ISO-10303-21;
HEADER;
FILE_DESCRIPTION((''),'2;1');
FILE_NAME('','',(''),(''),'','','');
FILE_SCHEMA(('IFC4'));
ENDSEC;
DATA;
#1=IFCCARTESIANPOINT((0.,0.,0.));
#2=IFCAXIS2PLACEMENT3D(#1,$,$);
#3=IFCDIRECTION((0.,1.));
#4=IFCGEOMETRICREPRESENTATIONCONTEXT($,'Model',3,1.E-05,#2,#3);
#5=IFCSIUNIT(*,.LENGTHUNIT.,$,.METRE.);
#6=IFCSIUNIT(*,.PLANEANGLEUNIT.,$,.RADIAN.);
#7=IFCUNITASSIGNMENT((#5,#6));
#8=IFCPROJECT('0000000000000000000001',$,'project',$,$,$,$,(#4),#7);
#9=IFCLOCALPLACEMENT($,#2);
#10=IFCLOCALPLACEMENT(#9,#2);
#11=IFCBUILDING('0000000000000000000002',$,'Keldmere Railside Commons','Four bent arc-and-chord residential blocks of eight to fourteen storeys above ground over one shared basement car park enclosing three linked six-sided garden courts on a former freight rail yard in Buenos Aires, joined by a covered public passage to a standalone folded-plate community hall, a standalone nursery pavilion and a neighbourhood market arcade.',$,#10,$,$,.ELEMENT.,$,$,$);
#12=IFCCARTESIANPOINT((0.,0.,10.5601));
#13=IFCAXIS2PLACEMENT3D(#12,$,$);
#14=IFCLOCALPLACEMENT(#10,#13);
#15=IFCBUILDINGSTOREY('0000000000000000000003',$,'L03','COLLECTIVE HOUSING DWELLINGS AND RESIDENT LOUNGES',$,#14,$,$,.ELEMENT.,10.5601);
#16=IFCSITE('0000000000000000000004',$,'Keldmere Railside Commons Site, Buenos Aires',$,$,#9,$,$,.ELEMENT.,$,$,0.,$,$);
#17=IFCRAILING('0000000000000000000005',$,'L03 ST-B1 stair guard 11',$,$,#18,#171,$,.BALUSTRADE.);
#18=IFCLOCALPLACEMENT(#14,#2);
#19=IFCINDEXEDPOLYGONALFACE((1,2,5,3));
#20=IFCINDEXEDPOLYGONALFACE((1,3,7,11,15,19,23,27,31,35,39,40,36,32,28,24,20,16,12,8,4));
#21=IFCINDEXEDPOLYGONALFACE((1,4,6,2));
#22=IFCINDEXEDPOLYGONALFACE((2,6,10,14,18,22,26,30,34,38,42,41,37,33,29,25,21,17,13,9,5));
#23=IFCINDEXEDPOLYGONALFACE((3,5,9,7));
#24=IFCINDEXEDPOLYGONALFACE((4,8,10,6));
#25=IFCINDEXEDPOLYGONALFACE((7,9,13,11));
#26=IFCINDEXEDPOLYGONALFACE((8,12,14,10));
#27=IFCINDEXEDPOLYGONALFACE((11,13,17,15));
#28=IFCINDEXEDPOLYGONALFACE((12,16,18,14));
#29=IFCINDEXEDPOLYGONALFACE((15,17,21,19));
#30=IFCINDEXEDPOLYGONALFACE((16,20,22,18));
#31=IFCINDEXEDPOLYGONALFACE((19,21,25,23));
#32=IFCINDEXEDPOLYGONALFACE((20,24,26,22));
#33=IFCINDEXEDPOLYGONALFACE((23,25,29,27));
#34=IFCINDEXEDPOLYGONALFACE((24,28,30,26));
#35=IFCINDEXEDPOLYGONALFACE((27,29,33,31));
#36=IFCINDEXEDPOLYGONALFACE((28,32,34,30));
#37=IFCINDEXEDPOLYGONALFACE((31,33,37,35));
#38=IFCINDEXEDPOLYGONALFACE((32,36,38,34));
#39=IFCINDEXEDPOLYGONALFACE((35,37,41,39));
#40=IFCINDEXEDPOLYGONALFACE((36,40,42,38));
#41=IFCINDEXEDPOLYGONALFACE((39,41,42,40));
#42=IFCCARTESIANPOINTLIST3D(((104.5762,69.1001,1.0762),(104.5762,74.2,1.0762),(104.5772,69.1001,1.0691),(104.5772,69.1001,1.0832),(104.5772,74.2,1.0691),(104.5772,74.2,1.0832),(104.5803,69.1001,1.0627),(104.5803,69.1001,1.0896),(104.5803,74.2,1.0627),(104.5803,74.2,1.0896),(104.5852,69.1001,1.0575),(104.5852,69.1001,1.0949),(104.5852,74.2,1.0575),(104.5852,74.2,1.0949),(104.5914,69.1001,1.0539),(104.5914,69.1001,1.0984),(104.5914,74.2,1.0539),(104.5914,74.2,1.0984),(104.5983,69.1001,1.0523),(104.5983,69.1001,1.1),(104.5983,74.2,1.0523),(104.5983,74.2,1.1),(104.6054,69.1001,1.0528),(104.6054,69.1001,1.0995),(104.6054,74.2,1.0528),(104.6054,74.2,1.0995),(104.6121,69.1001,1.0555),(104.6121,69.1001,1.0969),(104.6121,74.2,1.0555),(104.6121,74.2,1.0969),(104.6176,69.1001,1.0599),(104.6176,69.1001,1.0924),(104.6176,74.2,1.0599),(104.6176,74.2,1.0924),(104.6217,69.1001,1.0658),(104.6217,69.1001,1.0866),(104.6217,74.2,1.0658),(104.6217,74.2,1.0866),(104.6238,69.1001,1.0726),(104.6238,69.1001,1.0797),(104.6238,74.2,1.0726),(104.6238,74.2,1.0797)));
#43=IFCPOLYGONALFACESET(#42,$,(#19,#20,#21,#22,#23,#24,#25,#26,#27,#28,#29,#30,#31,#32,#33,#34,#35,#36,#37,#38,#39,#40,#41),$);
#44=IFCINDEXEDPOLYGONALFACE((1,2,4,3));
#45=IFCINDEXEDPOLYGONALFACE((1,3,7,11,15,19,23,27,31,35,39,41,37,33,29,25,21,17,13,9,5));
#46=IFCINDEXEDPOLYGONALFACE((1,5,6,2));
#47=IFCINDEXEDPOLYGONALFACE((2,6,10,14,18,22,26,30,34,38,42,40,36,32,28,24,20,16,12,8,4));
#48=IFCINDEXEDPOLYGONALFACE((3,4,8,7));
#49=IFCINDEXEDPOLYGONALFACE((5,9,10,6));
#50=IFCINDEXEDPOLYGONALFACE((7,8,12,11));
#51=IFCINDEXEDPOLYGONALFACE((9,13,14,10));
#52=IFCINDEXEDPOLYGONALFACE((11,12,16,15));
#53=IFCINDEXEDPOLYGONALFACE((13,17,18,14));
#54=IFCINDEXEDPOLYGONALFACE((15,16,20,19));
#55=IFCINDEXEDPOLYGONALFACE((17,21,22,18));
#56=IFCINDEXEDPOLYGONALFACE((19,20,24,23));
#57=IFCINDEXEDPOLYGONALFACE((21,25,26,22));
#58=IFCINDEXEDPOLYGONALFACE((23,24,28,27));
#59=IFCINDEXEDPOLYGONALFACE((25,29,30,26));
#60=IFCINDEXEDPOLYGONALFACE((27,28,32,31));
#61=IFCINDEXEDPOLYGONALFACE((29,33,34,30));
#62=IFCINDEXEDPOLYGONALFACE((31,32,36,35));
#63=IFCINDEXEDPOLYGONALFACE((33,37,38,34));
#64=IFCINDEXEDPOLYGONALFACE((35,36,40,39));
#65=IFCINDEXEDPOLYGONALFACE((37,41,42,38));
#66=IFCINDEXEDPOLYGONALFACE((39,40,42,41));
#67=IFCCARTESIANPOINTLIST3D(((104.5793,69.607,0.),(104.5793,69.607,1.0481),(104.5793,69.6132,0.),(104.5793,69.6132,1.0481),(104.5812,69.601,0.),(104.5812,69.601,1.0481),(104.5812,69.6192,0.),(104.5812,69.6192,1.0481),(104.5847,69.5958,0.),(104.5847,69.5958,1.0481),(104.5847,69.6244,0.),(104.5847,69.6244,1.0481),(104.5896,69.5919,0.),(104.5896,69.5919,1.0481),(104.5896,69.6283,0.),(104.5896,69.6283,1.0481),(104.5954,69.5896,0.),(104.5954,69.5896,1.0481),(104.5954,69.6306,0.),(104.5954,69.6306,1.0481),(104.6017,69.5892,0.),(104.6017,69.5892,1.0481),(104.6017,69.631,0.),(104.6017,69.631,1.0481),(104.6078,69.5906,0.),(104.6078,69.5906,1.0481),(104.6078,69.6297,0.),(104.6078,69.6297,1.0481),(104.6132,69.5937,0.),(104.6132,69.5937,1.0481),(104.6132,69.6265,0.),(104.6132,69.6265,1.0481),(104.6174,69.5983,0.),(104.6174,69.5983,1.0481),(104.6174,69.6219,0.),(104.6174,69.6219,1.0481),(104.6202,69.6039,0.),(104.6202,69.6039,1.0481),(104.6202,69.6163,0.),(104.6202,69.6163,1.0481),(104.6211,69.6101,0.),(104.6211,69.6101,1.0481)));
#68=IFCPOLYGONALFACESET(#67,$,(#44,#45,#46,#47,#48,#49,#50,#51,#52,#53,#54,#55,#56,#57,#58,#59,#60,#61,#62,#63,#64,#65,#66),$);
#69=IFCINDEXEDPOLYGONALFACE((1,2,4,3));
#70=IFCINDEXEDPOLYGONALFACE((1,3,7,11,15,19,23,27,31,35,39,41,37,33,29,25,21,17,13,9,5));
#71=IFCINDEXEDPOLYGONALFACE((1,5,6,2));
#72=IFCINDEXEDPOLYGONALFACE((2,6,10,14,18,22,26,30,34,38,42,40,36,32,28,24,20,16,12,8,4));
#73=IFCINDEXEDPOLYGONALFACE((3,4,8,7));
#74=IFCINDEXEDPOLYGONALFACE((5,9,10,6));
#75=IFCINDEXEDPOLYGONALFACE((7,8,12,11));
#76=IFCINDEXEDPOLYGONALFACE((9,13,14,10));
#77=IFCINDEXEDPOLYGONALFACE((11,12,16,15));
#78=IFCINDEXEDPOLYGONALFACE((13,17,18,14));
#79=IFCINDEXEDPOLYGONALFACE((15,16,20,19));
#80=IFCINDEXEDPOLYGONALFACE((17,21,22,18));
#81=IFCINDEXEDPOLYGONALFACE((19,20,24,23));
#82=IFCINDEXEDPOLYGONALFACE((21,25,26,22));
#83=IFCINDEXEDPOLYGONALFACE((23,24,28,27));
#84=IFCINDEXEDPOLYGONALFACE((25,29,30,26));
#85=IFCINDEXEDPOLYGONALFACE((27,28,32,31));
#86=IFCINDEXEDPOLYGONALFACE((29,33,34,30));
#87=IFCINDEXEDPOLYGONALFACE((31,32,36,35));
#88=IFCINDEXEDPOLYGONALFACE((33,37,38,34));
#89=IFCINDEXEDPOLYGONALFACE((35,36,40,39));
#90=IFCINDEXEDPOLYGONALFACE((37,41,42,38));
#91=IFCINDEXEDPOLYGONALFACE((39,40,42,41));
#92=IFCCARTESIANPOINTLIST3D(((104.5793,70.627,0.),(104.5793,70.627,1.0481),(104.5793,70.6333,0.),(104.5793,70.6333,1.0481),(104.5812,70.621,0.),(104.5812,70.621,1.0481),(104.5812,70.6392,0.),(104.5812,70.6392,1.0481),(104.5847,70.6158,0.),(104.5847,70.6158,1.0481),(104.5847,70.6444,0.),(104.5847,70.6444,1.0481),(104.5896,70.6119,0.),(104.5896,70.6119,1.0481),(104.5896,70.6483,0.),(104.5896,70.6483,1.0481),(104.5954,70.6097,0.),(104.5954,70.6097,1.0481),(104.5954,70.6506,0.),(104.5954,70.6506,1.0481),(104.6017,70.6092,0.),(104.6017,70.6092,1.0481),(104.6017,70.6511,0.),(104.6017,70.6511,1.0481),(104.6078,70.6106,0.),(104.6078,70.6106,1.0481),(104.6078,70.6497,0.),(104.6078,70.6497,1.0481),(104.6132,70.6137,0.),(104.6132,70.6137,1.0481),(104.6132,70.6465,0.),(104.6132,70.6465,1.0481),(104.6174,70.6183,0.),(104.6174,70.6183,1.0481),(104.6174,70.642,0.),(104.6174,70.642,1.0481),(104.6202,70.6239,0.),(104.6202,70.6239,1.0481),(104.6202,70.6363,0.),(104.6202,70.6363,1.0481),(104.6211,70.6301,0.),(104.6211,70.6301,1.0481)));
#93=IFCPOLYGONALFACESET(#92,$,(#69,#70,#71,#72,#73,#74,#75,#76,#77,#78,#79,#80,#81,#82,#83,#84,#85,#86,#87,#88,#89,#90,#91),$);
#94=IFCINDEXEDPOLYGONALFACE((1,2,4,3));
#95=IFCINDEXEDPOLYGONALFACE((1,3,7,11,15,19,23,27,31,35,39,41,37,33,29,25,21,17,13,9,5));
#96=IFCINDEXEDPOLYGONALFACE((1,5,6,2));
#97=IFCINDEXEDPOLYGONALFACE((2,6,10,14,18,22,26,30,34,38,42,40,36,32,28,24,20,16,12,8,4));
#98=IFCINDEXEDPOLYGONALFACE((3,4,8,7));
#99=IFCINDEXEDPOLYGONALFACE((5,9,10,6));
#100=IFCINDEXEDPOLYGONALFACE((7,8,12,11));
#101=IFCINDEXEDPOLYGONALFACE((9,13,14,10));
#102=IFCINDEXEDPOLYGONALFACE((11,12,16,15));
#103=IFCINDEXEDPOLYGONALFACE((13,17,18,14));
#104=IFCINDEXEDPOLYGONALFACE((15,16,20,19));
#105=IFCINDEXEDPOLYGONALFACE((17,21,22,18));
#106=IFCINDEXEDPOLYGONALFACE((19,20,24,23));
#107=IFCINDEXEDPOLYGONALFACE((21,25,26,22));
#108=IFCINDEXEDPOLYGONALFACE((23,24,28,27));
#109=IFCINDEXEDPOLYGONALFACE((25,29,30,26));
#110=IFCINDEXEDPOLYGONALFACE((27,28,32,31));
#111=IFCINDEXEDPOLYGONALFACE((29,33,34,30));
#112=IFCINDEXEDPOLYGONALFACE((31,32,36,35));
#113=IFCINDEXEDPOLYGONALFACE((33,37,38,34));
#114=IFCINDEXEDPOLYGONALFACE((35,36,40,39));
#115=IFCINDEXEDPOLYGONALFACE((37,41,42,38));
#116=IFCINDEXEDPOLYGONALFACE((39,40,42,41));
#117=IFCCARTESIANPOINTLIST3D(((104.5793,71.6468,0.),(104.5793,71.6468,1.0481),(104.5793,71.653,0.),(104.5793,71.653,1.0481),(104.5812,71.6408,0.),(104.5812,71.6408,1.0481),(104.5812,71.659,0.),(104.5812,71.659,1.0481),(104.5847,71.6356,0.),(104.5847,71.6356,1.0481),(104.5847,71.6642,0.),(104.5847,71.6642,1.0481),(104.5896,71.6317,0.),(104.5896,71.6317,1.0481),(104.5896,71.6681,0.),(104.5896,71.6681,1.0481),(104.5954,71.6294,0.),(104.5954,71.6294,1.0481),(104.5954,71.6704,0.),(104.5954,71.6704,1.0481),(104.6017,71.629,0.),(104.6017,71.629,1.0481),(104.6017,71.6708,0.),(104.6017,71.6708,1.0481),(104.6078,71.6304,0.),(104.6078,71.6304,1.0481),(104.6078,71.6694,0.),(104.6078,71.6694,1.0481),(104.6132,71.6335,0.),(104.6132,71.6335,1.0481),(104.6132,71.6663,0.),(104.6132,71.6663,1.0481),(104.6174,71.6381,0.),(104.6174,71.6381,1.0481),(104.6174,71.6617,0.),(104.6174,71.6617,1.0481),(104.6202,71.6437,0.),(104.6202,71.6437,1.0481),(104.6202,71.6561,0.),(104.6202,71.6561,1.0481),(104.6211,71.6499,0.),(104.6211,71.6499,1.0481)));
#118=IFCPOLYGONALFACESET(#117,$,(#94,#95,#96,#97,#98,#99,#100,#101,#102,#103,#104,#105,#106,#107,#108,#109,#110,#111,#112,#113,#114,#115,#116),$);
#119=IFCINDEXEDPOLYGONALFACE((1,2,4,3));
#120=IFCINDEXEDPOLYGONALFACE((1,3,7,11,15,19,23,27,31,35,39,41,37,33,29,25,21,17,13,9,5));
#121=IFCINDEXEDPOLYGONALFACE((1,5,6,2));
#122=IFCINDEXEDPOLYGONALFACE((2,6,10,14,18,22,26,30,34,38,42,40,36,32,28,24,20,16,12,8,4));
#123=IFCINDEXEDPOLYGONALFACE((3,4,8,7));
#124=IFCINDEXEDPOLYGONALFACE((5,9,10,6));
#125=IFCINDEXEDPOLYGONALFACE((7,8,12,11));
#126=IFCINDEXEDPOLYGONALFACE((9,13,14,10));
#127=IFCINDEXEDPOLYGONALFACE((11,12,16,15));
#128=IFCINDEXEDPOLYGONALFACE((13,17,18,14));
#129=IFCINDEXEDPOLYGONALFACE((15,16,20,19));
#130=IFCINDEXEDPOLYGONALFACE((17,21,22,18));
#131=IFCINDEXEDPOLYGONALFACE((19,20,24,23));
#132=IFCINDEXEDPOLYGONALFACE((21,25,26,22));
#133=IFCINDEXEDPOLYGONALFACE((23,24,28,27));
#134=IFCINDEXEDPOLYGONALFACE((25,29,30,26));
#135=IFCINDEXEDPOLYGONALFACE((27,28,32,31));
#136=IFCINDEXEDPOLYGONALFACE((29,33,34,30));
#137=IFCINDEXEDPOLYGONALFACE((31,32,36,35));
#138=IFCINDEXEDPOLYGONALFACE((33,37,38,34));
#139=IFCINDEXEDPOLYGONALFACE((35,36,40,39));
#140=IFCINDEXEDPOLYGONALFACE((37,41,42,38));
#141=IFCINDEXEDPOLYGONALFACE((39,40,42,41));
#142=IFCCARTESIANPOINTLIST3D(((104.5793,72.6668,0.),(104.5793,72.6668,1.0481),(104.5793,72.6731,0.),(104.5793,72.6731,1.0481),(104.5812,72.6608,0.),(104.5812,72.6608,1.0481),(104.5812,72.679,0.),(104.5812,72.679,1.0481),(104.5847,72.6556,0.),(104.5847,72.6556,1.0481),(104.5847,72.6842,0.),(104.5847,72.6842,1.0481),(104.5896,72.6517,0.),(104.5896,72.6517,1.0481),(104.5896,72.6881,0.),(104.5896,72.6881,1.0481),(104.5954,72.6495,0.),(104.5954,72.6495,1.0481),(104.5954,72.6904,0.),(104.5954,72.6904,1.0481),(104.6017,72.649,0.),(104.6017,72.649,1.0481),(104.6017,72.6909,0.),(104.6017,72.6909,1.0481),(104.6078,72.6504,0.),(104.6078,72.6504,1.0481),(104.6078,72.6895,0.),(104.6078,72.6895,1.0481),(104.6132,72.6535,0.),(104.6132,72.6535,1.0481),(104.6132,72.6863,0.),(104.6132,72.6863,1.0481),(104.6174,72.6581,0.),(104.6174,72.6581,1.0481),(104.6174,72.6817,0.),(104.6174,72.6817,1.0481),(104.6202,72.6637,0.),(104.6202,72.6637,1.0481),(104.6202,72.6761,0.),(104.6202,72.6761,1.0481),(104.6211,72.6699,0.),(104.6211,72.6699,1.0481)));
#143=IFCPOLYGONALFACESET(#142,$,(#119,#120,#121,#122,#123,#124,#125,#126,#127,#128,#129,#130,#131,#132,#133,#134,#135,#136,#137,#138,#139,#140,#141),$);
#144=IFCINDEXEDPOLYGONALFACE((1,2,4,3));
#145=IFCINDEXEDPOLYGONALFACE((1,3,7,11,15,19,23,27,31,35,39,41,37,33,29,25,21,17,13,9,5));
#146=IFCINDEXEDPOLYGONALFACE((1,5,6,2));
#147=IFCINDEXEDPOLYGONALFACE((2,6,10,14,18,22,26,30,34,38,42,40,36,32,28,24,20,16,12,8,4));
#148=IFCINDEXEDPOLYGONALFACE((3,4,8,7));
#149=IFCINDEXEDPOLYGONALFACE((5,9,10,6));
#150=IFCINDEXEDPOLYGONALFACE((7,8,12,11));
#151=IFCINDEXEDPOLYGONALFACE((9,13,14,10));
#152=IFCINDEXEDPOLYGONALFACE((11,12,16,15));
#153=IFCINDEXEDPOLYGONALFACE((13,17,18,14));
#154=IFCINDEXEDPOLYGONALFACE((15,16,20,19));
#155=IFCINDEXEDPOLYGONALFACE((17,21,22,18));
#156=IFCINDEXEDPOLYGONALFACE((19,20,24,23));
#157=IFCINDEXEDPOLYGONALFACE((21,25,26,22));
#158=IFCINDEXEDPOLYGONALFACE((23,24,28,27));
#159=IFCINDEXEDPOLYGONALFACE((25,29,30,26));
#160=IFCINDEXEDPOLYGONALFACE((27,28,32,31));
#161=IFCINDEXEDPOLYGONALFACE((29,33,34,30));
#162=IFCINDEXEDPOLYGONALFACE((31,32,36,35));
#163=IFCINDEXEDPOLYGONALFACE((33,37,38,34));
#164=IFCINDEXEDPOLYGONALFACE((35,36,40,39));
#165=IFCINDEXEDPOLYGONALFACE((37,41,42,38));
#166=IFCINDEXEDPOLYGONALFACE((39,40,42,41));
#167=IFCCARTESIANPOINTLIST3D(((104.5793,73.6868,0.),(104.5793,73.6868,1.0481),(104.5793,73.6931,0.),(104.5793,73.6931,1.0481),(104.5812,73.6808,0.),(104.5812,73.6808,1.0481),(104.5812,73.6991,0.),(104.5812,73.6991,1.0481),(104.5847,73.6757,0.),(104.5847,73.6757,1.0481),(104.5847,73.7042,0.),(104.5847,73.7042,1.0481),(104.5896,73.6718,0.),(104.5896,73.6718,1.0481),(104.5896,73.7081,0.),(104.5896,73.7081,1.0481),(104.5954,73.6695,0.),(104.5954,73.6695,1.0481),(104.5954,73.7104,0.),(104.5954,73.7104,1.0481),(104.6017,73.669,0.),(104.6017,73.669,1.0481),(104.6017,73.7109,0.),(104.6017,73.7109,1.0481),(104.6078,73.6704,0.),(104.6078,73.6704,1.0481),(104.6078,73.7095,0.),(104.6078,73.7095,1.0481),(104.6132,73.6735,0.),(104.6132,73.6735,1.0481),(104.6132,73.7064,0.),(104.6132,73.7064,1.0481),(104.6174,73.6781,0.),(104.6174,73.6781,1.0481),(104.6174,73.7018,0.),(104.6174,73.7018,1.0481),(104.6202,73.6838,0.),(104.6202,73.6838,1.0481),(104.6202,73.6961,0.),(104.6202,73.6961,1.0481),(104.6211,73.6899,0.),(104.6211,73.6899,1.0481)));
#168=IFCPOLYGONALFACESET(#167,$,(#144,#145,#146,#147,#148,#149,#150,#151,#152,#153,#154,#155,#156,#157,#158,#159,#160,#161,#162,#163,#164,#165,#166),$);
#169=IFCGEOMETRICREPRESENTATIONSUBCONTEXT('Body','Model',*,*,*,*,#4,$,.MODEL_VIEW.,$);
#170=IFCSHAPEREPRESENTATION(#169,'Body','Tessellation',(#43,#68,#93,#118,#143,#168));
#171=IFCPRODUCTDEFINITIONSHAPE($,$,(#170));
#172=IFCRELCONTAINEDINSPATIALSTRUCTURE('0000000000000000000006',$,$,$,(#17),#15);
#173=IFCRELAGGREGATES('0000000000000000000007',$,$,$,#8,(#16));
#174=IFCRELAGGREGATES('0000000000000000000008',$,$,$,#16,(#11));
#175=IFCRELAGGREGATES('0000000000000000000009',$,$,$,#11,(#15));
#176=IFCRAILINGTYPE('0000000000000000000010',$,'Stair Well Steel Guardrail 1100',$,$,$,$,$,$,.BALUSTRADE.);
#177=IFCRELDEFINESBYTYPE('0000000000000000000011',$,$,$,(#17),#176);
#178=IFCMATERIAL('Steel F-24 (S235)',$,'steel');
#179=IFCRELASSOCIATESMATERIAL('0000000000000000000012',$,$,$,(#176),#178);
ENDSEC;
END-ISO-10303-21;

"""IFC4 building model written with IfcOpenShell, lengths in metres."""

from ifc_helpers import new_model, si_unit, direction, frame, origin, origin_2d, place, context, subcontext, project, spatial, circle, extrude, material, type_object, element, save


model = new_model("IFC4")

# Units and contexts
model_context = context("Model", 3, precision=1e-05, world=origin(), true_north=direction((0.0, 1.0)))
body_context = subcontext(model_context, "Body", "Model", "MODEL_VIEW")
ifc_project = project(units=[si_unit("LENGTHUNIT", "METRE"), si_unit("PLANEANGLEUNIT", "RADIAN")], contexts=[model_context])

# Site, building, storey
site_placement = place(None, origin())
site = spatial("IfcSite", under=ifc_project, at=site_placement, Name="Keldmere Railside Commons Site, Buenos Aires", CompositionType="ELEMENT", RefElevation=0.0)
building_placement = place(site_placement, origin())
building = spatial("IfcBuilding", under=site, at=building_placement, Name="Keldmere Railside Commons", Description="Four bent arc-and-chord residential blocks of eight to fourteen storeys above ground over one shared basement car park enclosing three linked six-sided garden courts on a former freight rail yard in Buenos Aires, joined by a covered public passage to a standalone folded-plate community hall, a standalone nursery pavilion and a neighbourhood market arcade.", CompositionType="ELEMENT")
storey_placement = place(building_placement, frame((0.0, 0.0, 10.5601)))
storey = spatial("IfcBuildingStorey", under=building, at=storey_placement, Name="L03", Description="COLLECTIVE HOUSING DWELLINGS AND RESIDENT LOUNGES", CompositionType="ELEMENT", Elevation=10.5601)

# Railing
ifc_material_1 = material(Name="Steel F-24 (S235)", Category="steel")
railing_type_1 = type_object("IfcRailingType", Name="Stair Well Steel Guardrail 1100", PredefinedType="BALUSTRADE", material=ifc_material_1)
for number, where, name in (
    (1, (104.6001, 69.1001, 0.0), "L03 ST-B1 stair guard 11"),
):
    element("IfcRailing", number, at=place(storey_placement, frame(where)), inside=storey, type_object=railing_type_1, Name=name, PredefinedType="BALUSTRADE", context=body_context, shape_type="SweptSolid", body=[
        extrude(circle(Radius=0.0239, at=origin_2d()), frame((0.0, 0.0, 1.0762), z_axis=(0.0, 1.0, 0.0), x_axis=(-1.0, 0.0, 0.0)), (0.0, 0.0, 1.0), 5.0999),
        extrude(circle(Radius=0.021, at=origin_2d()), frame((0.0, 0.51, 0.0)), (0.0, 0.0, 1.0), 1.0481),
        extrude(circle(Radius=0.021, at=origin_2d()), frame((0.0, 1.53, 0.0)), (0.0, 0.0, 1.0), 1.0481),
        extrude(circle(Radius=0.021, at=origin_2d()), frame((0.0, 2.5498, 0.0)), (0.0, 0.0, 1.0), 1.0481),
        extrude(circle(Radius=0.021, at=origin_2d()), frame((0.0, 3.5698, 0.0)), (0.0, 0.0, 1.0), 1.0481),
        extrude(circle(Radius=0.021, at=origin_2d()), frame((0.0, 4.5898, 0.0)), (0.0, 0.0, 1.0), 1.0481),
    ])

save(model, "model.ifc")
